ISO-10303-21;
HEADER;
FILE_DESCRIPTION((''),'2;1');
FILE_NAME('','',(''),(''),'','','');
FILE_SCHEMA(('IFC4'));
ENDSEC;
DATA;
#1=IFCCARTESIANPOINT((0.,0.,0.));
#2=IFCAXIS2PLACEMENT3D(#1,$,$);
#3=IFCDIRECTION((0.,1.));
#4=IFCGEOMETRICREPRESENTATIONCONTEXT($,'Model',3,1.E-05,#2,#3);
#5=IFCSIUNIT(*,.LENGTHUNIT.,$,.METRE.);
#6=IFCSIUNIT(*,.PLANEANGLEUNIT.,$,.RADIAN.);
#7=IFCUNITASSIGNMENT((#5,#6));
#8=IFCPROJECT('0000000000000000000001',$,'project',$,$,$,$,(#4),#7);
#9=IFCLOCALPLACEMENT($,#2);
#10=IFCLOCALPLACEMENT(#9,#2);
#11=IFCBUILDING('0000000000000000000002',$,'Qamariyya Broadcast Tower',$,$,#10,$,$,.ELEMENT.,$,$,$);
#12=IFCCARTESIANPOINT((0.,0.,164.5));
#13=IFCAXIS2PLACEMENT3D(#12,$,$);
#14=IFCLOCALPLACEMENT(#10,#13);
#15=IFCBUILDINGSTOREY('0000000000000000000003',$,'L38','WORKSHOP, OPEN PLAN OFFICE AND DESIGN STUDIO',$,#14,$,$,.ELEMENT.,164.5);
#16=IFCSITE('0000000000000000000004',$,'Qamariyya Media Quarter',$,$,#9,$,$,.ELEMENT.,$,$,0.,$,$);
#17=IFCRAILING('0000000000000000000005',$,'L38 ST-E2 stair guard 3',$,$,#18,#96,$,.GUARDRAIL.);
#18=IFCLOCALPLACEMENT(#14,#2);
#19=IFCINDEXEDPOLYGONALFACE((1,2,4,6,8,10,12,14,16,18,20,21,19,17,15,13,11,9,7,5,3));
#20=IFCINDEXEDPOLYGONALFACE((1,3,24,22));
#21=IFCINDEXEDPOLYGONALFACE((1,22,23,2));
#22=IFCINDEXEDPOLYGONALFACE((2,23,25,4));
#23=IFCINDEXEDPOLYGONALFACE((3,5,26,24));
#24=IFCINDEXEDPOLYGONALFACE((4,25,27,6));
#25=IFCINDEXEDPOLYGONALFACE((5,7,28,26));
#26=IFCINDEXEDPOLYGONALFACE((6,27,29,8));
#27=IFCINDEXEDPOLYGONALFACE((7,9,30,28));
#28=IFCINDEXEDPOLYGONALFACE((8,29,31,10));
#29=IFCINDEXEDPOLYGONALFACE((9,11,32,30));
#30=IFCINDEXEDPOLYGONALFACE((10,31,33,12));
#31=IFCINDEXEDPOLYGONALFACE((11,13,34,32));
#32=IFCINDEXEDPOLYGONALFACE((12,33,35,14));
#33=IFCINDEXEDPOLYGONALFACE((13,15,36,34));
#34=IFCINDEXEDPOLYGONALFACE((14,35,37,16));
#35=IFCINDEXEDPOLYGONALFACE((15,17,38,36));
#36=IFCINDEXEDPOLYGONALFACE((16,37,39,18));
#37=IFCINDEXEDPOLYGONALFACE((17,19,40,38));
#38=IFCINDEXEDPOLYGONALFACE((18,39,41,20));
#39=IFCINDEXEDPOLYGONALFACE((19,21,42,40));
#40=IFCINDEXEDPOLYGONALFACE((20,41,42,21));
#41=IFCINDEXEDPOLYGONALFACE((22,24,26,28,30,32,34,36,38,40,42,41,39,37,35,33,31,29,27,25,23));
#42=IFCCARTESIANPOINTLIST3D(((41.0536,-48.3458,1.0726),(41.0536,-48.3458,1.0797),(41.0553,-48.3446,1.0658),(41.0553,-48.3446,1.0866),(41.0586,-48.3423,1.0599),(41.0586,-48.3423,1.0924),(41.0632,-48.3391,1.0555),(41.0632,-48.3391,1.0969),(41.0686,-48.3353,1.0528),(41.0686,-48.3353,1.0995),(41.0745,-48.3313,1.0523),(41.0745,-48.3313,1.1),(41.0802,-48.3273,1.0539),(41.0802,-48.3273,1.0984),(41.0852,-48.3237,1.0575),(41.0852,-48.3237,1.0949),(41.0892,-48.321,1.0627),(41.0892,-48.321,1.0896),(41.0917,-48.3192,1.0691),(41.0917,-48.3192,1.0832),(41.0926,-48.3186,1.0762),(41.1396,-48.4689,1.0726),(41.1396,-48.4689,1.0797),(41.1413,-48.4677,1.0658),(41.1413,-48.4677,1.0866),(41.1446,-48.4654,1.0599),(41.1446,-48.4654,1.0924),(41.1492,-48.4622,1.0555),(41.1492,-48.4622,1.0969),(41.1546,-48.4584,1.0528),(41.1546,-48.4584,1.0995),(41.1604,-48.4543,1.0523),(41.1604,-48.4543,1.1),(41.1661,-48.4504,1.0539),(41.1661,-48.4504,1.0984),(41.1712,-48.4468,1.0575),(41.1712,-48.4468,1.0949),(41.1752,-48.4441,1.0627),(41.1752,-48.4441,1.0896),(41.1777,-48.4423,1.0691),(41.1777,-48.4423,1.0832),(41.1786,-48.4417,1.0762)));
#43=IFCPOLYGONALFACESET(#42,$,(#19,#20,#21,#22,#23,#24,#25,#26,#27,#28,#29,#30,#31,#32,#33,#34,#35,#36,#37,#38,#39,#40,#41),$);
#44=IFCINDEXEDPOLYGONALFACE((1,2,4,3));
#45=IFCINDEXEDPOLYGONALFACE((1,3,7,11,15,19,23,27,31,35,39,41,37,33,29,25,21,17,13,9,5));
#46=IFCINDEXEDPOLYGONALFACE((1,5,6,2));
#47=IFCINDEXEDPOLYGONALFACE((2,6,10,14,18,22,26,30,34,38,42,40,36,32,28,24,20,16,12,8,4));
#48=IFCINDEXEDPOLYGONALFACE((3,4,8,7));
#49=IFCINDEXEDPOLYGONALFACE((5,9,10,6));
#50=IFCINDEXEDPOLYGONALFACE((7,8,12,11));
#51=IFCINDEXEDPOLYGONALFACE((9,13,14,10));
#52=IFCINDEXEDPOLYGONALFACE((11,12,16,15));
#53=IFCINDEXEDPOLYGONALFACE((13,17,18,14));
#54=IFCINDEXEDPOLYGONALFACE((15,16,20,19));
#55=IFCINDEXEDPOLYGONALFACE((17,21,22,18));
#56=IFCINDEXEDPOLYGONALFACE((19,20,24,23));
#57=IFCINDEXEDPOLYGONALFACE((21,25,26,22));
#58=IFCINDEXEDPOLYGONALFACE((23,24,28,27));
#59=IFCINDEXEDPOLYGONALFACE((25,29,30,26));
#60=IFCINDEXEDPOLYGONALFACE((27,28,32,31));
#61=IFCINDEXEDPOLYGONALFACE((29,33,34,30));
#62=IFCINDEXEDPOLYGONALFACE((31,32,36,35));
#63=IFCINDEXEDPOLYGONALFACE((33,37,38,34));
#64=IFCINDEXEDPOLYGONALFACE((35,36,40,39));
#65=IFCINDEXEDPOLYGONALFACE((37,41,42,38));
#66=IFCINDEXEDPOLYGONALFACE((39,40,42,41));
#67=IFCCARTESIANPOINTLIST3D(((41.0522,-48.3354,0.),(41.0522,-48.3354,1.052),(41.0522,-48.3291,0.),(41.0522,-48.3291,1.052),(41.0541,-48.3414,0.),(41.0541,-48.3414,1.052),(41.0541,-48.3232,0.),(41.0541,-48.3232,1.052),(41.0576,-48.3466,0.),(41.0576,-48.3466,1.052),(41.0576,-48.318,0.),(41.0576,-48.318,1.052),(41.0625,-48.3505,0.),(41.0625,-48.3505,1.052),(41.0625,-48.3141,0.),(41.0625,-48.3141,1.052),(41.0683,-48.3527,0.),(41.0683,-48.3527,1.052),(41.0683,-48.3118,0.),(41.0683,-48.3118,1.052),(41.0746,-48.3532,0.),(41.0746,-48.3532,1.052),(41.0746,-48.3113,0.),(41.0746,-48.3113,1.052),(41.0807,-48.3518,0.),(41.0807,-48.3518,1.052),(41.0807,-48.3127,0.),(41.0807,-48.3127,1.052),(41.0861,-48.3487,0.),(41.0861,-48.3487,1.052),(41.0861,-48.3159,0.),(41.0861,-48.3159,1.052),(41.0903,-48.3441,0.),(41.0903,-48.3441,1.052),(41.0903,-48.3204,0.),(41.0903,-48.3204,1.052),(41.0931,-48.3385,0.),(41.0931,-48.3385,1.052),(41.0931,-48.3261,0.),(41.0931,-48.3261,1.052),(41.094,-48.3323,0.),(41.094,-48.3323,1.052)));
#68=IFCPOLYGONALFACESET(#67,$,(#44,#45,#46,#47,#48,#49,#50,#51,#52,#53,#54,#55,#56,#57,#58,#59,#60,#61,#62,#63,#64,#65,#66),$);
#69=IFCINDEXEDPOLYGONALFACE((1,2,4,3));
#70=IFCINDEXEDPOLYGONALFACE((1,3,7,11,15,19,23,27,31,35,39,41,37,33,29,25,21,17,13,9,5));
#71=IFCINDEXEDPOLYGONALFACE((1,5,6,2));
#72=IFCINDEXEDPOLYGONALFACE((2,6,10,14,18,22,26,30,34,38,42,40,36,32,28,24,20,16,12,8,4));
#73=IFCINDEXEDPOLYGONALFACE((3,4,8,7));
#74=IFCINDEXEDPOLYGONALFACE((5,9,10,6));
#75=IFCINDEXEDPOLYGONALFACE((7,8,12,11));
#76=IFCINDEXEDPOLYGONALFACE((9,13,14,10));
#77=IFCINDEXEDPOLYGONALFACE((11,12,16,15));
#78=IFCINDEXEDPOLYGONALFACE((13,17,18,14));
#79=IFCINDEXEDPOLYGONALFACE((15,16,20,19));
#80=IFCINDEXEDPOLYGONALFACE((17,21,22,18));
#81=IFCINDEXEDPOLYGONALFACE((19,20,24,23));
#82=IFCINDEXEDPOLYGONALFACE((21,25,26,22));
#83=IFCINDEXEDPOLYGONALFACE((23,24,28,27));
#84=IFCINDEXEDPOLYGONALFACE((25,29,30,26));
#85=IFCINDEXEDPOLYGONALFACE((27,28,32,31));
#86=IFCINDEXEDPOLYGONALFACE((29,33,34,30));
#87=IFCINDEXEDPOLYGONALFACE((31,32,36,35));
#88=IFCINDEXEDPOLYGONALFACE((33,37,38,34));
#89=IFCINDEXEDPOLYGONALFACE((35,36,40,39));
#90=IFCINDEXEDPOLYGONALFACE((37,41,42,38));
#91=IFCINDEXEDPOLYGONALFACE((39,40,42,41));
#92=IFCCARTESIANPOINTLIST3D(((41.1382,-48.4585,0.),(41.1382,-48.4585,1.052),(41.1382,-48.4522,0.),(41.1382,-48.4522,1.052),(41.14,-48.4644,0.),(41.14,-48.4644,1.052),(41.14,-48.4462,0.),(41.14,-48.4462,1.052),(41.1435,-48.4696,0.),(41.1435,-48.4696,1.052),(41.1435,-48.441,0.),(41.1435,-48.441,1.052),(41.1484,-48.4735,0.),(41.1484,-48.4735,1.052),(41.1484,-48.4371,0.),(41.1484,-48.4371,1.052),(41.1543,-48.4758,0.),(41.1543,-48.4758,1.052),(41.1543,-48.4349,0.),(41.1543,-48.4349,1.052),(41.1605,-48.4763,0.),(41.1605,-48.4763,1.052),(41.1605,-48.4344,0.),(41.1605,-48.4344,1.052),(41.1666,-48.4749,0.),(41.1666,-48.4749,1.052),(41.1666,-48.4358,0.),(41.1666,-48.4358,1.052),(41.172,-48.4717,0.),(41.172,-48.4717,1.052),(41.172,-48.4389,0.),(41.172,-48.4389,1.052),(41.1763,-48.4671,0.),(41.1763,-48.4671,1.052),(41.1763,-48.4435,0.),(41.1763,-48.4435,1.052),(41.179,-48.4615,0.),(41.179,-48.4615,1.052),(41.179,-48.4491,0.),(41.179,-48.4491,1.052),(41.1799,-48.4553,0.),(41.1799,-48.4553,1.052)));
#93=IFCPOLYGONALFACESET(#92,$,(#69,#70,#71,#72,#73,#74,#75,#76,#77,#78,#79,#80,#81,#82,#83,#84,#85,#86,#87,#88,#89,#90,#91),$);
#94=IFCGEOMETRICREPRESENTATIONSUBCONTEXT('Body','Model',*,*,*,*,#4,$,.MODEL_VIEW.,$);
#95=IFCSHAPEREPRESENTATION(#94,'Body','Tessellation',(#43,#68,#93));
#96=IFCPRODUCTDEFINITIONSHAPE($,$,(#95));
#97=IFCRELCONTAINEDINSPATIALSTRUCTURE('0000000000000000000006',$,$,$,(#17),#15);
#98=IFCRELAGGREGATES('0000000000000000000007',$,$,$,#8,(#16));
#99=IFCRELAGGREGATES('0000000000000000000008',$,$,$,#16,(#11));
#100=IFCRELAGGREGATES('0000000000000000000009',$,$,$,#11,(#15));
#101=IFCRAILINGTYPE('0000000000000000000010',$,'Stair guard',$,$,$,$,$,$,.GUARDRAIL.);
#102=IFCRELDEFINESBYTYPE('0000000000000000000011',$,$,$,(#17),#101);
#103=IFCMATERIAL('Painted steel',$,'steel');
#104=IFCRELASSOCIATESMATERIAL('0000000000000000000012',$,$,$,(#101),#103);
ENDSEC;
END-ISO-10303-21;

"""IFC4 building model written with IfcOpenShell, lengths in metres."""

from ifc_helpers import new_model, si_unit, direction, frame, origin, origin_2d, place, context, subcontext, project, spatial, circle, extrude, material, type_object, element, save


model = new_model("IFC4")

# Units and contexts
model_context = context("Model", 3, precision=1e-05, world=origin(), true_north=direction((0.0, 1.0)))
body_context = subcontext(model_context, "Body", "Model", "MODEL_VIEW")
ifc_project = project(units=[si_unit("LENGTHUNIT", "METRE"), si_unit("PLANEANGLEUNIT", "RADIAN")], contexts=[model_context])

# Site, building, storey
site_placement = place(None, origin())
site = spatial("IfcSite", under=ifc_project, at=site_placement, Name="Qamariyya Media Quarter", CompositionType="ELEMENT", RefElevation=0.0)
building_placement = place(site_placement, origin())
building = spatial("IfcBuilding", under=site, at=building_placement, Name="Qamariyya Broadcast Tower", CompositionType="ELEMENT")
storey_placement = place(building_placement, frame((0.0, 0.0, 164.5)))
storey = spatial("IfcBuildingStorey", under=building, at=storey_placement, Name="L38", Description="WORKSHOP, OPEN PLAN OFFICE AND DESIGN STUDIO", CompositionType="ELEMENT", Elevation=164.5)

# Railing
ifc_material_1 = material(Name="Painted steel", Category="steel")
railing_type_1 = type_object("IfcRailingType", Name="Stair guard", PredefinedType="GUARDRAIL", material=ifc_material_1)
railing_1_placement = place(storey_placement, frame((41.073, -48.3323, 0.0)))
element("IfcRailing", 1, at=railing_1_placement, inside=storey, type_object=railing_type_1, Name="L38 ST-E2 stair guard 3", PredefinedType="GUARDRAIL", context=body_context, shape_type="SweptSolid", body=[
    extrude(circle(Radius=0.0239, at=origin_2d()), frame((0.0, 0.0, 1.0762), z_axis=(0.572589, -0.819843, 0.0), x_axis=(0.819843, 0.572589, 0.0)), (0.0, 0.0, 1.0), 0.1501),
    extrude(circle(Radius=0.021, at=origin_2d()), origin(), (0.0, 0.0, 1.0), 1.052),
    extrude(circle(Radius=0.021, at=origin_2d()), frame((0.0859, -0.123, 0.0)), (0.0, 0.0, 1.0), 1.052),
])

save(model, "model.ifc")
